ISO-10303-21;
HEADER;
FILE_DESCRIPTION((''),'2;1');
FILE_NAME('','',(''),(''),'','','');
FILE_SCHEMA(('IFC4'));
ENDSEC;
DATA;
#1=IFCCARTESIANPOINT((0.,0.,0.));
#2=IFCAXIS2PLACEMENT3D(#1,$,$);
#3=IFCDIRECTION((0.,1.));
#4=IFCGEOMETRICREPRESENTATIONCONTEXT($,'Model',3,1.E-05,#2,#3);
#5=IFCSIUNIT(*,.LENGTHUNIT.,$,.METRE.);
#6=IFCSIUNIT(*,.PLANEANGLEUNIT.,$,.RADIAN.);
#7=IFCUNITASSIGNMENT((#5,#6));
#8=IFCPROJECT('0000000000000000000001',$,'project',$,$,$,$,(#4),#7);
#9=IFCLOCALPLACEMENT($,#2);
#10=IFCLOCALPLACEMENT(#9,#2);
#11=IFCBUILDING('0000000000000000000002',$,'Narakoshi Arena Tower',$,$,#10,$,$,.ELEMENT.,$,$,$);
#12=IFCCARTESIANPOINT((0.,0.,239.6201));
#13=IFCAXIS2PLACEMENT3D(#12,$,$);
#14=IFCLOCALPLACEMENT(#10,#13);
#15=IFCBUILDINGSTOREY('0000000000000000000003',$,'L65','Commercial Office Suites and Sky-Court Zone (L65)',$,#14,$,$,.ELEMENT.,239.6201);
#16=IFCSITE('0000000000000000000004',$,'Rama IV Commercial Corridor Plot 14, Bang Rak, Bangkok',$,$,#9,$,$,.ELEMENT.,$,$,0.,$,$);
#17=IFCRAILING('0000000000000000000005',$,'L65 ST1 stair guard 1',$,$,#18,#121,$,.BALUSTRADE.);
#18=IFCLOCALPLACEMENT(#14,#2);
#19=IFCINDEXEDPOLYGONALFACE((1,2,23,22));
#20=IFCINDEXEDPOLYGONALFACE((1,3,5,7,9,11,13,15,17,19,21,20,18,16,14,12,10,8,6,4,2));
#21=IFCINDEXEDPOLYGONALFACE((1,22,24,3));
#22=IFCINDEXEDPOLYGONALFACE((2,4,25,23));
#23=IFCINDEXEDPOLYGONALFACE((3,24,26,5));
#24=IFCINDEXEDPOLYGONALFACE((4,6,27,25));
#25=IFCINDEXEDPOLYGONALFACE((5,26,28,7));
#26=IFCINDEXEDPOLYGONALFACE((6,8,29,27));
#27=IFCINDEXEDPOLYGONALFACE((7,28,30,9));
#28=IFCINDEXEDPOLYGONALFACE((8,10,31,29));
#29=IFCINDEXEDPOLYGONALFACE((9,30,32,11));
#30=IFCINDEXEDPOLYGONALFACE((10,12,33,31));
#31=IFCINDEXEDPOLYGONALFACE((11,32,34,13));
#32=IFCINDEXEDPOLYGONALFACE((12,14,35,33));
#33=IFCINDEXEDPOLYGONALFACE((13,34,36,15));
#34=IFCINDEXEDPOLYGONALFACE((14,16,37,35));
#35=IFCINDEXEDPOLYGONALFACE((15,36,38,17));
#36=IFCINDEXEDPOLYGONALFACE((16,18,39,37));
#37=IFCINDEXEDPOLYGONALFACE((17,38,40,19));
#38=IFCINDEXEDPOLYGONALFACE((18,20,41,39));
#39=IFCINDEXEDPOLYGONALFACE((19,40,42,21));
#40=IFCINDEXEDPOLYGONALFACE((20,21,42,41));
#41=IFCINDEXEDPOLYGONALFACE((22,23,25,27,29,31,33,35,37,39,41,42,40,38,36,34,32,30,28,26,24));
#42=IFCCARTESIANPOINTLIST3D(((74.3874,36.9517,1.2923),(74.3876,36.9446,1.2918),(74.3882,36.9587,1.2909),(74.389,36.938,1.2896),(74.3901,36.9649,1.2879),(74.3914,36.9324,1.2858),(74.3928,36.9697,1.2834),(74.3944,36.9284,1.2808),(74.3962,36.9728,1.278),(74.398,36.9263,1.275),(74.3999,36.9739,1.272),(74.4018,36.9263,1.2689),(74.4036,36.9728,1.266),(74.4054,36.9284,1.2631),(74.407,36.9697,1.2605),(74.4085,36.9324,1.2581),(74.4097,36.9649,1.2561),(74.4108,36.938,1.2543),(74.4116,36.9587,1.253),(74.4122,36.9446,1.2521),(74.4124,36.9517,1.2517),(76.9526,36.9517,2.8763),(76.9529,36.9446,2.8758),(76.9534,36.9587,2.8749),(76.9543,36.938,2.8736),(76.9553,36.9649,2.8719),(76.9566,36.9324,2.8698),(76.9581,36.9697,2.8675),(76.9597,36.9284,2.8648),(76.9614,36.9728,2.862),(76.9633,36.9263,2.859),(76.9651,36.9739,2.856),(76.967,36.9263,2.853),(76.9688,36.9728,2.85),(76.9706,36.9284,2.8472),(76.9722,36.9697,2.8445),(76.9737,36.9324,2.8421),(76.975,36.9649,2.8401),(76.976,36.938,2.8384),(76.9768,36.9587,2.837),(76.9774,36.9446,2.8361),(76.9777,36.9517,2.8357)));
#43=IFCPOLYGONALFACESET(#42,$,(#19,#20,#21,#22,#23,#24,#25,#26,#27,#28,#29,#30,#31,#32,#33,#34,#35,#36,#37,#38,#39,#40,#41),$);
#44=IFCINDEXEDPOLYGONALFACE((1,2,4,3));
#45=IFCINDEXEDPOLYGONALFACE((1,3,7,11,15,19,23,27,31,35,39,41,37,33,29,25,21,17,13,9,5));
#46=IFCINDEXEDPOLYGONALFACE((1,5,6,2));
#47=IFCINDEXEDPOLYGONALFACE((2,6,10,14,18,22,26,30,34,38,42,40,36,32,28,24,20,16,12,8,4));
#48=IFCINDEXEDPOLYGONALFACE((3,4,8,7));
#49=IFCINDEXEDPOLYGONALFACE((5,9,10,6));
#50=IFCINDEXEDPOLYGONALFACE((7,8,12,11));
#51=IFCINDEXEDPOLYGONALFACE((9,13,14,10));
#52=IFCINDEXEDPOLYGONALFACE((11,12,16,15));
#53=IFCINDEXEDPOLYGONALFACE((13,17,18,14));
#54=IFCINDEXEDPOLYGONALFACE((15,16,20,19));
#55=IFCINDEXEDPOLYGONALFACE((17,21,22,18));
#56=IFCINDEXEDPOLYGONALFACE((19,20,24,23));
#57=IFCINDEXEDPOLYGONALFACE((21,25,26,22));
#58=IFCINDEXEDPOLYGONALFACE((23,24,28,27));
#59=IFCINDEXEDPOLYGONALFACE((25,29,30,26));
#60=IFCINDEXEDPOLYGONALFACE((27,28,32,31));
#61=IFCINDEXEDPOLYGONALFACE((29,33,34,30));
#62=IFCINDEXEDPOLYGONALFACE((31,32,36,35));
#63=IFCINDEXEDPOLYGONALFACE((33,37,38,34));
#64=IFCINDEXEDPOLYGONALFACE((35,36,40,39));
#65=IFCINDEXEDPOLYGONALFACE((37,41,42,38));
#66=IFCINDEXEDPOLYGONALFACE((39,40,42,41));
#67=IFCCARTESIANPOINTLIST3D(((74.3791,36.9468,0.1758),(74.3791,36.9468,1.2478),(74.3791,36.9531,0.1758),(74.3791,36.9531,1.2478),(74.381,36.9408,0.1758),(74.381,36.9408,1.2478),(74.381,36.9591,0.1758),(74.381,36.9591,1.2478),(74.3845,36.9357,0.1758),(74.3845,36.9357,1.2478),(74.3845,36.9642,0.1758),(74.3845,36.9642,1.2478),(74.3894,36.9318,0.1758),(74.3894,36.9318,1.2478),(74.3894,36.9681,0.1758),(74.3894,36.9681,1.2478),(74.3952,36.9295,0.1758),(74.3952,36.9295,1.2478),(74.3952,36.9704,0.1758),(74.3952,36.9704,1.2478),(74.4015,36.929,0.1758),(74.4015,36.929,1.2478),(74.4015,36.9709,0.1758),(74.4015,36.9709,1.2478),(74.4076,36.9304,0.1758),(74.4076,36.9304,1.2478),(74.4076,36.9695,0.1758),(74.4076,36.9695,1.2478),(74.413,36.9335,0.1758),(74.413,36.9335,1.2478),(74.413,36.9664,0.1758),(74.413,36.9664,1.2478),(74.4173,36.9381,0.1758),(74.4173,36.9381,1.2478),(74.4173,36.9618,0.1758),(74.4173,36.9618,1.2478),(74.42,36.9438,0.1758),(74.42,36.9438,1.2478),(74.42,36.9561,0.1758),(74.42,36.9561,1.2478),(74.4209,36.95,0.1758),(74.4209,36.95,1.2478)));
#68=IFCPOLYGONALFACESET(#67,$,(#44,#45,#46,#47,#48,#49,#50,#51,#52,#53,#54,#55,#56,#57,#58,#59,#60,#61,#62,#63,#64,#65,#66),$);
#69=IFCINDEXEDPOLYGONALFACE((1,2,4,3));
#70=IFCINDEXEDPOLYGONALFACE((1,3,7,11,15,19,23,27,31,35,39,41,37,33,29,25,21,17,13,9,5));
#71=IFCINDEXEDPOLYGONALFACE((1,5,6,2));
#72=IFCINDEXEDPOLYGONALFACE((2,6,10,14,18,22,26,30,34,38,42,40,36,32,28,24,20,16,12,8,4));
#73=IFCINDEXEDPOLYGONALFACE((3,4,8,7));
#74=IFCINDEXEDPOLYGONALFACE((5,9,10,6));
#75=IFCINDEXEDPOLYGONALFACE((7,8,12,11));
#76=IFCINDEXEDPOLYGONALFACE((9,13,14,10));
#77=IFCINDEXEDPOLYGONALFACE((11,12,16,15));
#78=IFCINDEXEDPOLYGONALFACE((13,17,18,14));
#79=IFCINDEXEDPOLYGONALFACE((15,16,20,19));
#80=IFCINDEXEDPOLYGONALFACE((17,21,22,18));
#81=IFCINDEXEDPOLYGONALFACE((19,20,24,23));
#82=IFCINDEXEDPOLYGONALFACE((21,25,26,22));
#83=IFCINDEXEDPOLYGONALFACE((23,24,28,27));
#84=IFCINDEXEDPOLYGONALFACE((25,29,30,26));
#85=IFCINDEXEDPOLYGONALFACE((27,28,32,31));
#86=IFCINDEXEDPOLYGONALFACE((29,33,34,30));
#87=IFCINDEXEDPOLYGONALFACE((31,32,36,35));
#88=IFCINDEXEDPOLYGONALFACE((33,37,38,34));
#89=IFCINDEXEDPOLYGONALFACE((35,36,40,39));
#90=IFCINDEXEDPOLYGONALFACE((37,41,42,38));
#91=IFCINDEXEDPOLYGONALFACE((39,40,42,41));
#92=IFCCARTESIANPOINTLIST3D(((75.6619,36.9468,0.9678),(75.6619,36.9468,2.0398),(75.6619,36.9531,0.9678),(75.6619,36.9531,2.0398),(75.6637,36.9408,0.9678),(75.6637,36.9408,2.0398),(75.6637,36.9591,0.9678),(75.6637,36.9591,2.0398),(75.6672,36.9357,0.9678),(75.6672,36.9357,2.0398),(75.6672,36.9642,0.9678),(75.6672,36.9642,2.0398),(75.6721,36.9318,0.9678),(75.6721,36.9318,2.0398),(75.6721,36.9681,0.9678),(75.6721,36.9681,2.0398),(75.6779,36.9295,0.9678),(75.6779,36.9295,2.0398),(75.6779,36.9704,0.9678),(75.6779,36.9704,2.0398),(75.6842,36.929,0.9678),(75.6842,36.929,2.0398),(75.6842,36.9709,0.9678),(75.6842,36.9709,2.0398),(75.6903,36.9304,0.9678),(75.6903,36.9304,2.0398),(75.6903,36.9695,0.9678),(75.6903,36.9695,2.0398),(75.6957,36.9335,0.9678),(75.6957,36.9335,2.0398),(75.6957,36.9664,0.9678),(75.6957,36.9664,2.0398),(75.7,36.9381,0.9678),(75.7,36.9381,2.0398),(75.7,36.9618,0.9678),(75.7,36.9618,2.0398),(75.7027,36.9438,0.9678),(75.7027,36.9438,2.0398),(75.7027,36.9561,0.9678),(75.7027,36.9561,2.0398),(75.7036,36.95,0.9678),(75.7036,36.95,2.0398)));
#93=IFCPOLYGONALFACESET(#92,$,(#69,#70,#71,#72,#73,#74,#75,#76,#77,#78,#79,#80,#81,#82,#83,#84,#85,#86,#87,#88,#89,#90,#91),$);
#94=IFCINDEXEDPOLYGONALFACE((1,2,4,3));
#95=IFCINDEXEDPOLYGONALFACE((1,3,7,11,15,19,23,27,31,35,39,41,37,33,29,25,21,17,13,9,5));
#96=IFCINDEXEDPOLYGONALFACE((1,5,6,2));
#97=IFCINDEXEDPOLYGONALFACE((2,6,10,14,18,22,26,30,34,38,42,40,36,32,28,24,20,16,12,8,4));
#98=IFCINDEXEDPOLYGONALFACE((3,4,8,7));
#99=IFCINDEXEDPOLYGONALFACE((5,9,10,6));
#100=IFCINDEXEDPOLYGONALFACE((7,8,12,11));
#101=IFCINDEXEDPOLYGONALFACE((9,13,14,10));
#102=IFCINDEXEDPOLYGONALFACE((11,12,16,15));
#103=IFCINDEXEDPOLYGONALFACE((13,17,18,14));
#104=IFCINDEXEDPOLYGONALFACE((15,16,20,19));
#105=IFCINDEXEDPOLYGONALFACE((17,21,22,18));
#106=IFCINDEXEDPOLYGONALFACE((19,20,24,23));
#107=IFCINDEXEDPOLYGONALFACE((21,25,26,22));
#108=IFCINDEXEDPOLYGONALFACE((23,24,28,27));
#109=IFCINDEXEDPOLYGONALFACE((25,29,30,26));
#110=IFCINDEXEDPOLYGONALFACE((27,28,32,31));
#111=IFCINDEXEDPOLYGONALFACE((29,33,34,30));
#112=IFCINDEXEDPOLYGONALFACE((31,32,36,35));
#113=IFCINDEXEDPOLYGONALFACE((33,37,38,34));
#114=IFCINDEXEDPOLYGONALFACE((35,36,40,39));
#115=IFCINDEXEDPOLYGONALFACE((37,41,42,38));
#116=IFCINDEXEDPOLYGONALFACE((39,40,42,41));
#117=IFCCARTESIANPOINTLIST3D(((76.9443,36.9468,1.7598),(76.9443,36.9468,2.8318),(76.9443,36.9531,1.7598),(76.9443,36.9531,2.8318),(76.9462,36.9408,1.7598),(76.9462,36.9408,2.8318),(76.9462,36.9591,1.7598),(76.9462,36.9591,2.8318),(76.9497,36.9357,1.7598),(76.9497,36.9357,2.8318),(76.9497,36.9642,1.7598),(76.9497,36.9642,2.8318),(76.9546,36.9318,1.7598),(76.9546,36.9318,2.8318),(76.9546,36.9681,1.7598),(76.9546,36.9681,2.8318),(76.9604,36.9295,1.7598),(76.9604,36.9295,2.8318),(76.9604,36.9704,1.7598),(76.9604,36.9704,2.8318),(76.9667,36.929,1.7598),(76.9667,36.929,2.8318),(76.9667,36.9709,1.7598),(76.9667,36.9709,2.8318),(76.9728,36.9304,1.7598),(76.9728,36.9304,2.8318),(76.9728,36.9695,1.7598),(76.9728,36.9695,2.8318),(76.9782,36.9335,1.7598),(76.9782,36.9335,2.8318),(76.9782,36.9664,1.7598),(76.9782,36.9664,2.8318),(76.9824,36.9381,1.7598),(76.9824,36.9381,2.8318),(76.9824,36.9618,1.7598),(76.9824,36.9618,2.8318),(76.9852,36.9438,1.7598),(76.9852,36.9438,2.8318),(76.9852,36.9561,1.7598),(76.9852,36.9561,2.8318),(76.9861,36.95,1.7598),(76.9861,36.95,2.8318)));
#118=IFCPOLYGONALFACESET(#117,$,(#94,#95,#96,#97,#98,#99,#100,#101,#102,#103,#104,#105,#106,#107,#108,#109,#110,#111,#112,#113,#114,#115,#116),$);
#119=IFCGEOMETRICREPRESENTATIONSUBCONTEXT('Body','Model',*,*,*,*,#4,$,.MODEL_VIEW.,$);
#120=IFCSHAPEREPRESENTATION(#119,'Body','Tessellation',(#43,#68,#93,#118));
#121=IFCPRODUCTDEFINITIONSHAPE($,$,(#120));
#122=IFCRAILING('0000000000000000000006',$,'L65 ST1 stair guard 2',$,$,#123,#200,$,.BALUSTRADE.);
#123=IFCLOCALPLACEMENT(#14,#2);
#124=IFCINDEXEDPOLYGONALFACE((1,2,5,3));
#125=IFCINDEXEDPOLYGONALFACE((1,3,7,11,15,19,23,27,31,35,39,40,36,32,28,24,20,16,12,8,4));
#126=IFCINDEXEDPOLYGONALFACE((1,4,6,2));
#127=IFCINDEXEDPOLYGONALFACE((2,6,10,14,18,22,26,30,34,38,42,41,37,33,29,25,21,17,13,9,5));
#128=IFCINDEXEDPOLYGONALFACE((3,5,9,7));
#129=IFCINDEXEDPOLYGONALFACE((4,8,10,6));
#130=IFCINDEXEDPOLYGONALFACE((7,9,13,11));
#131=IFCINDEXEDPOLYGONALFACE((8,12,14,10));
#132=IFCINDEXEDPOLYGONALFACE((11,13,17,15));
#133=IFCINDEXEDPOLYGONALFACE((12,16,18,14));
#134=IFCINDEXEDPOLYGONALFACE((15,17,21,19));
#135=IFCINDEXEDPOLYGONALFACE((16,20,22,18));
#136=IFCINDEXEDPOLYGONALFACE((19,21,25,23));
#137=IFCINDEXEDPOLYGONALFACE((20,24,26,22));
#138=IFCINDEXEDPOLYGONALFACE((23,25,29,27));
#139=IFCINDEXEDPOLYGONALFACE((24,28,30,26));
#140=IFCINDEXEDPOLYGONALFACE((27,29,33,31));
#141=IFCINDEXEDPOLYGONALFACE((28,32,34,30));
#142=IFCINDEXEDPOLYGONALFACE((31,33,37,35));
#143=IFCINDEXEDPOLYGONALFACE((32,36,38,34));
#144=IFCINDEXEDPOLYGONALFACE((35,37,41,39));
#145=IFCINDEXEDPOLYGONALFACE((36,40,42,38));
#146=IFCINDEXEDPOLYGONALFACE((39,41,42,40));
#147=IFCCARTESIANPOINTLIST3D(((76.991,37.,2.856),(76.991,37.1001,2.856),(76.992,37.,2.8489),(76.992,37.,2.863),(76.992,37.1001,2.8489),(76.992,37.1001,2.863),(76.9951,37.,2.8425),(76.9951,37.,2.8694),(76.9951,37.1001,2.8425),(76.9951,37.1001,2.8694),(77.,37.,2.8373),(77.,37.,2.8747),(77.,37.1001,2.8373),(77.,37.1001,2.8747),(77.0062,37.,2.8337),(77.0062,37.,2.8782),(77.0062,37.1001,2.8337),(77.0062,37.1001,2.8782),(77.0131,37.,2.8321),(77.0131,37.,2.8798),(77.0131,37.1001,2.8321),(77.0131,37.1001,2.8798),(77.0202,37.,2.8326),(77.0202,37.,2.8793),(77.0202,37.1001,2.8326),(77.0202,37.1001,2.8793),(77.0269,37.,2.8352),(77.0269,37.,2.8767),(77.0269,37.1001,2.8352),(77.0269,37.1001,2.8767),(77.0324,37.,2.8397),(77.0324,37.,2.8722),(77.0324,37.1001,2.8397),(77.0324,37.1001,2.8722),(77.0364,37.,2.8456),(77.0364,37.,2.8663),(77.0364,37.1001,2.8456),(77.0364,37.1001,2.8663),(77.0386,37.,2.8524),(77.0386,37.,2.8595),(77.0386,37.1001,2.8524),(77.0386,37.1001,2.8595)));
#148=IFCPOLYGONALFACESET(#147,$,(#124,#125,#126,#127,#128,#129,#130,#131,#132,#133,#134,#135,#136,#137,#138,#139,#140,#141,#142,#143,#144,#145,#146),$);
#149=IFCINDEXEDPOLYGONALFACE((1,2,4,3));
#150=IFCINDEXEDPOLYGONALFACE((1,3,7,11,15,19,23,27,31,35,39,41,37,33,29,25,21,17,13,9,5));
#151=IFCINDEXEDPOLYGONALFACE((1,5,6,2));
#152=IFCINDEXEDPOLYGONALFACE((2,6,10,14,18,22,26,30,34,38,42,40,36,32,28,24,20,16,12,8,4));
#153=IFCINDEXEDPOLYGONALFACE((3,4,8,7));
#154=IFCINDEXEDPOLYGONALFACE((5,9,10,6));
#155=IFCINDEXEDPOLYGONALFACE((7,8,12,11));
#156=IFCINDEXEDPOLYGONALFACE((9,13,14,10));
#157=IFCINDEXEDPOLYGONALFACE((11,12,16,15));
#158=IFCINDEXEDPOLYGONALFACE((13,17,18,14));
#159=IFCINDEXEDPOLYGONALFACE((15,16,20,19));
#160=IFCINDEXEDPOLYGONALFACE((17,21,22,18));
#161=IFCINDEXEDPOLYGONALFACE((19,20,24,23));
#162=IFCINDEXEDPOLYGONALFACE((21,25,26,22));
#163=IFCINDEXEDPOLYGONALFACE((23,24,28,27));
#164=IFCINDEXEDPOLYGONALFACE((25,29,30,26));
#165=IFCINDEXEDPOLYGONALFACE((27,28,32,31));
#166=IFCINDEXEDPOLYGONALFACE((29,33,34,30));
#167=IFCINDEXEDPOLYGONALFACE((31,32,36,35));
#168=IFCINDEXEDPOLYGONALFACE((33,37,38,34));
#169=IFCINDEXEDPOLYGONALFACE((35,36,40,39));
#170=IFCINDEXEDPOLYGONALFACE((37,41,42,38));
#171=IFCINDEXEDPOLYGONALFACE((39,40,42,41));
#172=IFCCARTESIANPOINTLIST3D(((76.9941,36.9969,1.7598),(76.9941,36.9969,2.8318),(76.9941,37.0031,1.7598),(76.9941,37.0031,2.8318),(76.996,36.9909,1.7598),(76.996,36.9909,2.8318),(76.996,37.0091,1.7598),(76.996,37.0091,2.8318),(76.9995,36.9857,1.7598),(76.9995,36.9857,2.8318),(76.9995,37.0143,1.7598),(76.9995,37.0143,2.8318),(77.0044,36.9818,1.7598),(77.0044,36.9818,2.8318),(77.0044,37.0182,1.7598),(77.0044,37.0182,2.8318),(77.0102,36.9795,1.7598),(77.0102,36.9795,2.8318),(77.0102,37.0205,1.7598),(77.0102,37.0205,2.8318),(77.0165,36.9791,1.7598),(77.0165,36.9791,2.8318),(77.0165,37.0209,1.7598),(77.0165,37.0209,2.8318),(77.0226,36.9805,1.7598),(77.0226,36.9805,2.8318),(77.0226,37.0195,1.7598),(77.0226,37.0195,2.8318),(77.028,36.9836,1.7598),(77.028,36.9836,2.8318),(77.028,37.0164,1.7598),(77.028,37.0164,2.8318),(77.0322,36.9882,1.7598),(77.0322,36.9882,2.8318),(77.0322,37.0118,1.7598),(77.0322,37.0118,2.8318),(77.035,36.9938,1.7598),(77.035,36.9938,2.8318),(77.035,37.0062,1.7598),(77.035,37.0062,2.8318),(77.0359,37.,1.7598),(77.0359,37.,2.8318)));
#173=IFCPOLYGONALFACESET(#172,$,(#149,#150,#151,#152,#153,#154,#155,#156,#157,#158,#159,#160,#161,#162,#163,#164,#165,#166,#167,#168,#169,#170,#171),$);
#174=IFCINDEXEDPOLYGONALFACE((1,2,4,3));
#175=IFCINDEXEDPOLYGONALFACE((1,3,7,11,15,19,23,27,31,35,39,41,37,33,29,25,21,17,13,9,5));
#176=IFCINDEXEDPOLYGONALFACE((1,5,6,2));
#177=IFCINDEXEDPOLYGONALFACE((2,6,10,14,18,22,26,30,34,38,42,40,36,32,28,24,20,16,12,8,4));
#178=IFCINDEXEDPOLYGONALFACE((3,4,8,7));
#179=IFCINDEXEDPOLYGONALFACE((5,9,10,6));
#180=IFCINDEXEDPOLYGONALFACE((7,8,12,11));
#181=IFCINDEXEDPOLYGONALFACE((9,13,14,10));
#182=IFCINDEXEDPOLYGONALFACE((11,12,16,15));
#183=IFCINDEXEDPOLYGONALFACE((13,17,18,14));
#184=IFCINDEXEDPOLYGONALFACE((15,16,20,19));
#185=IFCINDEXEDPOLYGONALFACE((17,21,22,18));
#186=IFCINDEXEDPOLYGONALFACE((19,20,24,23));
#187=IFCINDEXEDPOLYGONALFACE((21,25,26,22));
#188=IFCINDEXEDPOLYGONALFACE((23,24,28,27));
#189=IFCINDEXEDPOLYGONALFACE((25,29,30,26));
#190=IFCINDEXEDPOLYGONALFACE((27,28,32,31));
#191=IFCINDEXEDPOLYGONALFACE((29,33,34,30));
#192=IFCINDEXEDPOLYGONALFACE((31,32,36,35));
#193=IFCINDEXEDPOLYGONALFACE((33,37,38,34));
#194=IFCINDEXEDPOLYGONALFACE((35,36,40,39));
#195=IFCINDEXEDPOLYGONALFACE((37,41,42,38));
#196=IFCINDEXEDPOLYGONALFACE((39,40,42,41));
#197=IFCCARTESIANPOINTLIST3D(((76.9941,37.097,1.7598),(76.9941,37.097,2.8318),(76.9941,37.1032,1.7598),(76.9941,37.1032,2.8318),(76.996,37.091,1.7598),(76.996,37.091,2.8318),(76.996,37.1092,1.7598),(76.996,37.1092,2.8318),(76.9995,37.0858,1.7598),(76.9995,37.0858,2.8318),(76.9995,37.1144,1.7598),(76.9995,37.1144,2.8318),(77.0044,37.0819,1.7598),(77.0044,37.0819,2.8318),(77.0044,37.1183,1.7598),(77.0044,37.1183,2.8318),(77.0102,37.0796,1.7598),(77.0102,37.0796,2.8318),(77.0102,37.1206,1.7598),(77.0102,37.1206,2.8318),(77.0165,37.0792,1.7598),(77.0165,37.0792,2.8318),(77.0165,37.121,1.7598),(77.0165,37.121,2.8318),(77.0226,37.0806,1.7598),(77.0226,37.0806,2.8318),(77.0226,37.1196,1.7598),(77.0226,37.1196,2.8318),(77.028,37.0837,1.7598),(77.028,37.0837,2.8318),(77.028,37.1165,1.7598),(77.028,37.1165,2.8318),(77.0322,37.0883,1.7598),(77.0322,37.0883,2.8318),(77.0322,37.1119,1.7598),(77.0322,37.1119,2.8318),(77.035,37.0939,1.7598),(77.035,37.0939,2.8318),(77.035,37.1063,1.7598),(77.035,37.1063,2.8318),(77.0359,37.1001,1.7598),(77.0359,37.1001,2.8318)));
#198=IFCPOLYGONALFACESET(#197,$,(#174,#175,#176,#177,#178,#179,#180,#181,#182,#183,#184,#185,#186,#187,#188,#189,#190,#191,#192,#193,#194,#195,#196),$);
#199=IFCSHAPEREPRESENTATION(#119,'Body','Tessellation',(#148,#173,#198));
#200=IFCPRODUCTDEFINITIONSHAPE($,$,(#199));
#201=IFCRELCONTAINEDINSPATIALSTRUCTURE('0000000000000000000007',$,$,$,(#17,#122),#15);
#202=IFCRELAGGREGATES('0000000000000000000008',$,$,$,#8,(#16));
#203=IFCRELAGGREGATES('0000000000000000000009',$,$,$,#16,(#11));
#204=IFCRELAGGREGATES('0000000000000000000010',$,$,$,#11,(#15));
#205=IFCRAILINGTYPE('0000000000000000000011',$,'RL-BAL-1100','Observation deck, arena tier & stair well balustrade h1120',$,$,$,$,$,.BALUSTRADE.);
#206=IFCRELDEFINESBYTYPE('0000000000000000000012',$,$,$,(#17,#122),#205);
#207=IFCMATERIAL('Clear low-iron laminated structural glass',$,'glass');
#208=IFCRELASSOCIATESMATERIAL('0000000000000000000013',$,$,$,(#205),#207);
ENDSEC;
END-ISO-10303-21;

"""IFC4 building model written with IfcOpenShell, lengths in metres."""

from ifc_helpers import new_model, si_unit, direction, frame, origin, origin_2d, place, context, subcontext, project, spatial, circle, extrude, material, type_object, element, save


model = new_model("IFC4")

# Units and contexts
model_context = context("Model", 3, precision=1e-05, world=origin(), true_north=direction((0.0, 1.0)))
body_context = subcontext(model_context, "Body", "Model", "MODEL_VIEW")
ifc_project = project(units=[si_unit("LENGTHUNIT", "METRE"), si_unit("PLANEANGLEUNIT", "RADIAN")], contexts=[model_context])

# Site, building, storey
site_placement = place(None, origin())
site = spatial("IfcSite", under=ifc_project, at=site_placement, Name="Rama IV Commercial Corridor Plot 14, Bang Rak, Bangkok", CompositionType="ELEMENT", RefElevation=0.0)
building_placement = place(site_placement, origin())
building = spatial("IfcBuilding", under=site, at=building_placement, Name="Narakoshi Arena Tower", CompositionType="ELEMENT")
storey_placement = place(building_placement, frame((0.0, 0.0, 239.6201)))
storey = spatial("IfcBuildingStorey", under=building, at=storey_placement, Name="L65", Description="Commercial Office Suites and Sky-Court Zone (L65)", CompositionType="ELEMENT", Elevation=239.6201)

# Railings
ifc_material_1 = material(Name="Clear low-iron laminated structural glass", Category="glass")
railing_type_1 = type_object("IfcRailingType", Name="RL-BAL-1100", Description="Observation deck, arena tier & stair well balustrade h1120", PredefinedType="BALUSTRADE", material=ifc_material_1)
railing_1_placement = place(storey_placement, frame((74.3999, 36.95, 0.1758)))
element("IfcRailing", 1, at=railing_1_placement, inside=storey, type_object=railing_type_1, Name="L65 ST1 stair guard 1", PredefinedType="BALUSTRADE", context=body_context, shape_type="SweptSolid", body=[
    extrude(circle(Radius=0.0239, at=origin_2d()), frame((0.0, 0.0, 1.0962), z_axis=(0.850857, 0.0, 0.525398), x_axis=(0.0, 1.0, 0.0)), (0.0, 0.0, 1.0), 3.0149),
    extrude(circle(Radius=0.021, at=origin_2d()), origin(), (0.0, 0.0, 1.0), 1.072),
    extrude(circle(Radius=0.021, at=origin_2d()), frame((1.2827, 0.0, 0.792)), (0.0, 0.0, 1.0), 1.072),
    extrude(circle(Radius=0.021, at=origin_2d()), frame((2.5652, 0.0, 1.584)), (0.0, 0.0, 1.0), 1.072),
])
railing_2_placement = place(storey_placement, frame((77.0149, 37.0, 1.7598)))
element("IfcRailing", 2, at=railing_2_placement, inside=storey, type_object=railing_type_1, Name="L65 ST1 stair guard 2", PredefinedType="BALUSTRADE", context=body_context, shape_type="SweptSolid", body=[
    extrude(circle(Radius=0.0239, at=origin_2d()), frame((0.0, 0.0, 1.0962), z_axis=(0.0, 1.0, 0.0), x_axis=(-1.0, 0.0, 0.0)), (0.0, 0.0, 1.0), 0.1001),
    extrude(circle(Radius=0.021, at=origin_2d()), origin(), (0.0, 0.0, 1.0), 1.072),
    extrude(circle(Radius=0.021, at=origin_2d()), frame((0.0, 0.1001, 0.0)), (0.0, 0.0, 1.0), 1.072),
])

save(model, "model.ifc")
